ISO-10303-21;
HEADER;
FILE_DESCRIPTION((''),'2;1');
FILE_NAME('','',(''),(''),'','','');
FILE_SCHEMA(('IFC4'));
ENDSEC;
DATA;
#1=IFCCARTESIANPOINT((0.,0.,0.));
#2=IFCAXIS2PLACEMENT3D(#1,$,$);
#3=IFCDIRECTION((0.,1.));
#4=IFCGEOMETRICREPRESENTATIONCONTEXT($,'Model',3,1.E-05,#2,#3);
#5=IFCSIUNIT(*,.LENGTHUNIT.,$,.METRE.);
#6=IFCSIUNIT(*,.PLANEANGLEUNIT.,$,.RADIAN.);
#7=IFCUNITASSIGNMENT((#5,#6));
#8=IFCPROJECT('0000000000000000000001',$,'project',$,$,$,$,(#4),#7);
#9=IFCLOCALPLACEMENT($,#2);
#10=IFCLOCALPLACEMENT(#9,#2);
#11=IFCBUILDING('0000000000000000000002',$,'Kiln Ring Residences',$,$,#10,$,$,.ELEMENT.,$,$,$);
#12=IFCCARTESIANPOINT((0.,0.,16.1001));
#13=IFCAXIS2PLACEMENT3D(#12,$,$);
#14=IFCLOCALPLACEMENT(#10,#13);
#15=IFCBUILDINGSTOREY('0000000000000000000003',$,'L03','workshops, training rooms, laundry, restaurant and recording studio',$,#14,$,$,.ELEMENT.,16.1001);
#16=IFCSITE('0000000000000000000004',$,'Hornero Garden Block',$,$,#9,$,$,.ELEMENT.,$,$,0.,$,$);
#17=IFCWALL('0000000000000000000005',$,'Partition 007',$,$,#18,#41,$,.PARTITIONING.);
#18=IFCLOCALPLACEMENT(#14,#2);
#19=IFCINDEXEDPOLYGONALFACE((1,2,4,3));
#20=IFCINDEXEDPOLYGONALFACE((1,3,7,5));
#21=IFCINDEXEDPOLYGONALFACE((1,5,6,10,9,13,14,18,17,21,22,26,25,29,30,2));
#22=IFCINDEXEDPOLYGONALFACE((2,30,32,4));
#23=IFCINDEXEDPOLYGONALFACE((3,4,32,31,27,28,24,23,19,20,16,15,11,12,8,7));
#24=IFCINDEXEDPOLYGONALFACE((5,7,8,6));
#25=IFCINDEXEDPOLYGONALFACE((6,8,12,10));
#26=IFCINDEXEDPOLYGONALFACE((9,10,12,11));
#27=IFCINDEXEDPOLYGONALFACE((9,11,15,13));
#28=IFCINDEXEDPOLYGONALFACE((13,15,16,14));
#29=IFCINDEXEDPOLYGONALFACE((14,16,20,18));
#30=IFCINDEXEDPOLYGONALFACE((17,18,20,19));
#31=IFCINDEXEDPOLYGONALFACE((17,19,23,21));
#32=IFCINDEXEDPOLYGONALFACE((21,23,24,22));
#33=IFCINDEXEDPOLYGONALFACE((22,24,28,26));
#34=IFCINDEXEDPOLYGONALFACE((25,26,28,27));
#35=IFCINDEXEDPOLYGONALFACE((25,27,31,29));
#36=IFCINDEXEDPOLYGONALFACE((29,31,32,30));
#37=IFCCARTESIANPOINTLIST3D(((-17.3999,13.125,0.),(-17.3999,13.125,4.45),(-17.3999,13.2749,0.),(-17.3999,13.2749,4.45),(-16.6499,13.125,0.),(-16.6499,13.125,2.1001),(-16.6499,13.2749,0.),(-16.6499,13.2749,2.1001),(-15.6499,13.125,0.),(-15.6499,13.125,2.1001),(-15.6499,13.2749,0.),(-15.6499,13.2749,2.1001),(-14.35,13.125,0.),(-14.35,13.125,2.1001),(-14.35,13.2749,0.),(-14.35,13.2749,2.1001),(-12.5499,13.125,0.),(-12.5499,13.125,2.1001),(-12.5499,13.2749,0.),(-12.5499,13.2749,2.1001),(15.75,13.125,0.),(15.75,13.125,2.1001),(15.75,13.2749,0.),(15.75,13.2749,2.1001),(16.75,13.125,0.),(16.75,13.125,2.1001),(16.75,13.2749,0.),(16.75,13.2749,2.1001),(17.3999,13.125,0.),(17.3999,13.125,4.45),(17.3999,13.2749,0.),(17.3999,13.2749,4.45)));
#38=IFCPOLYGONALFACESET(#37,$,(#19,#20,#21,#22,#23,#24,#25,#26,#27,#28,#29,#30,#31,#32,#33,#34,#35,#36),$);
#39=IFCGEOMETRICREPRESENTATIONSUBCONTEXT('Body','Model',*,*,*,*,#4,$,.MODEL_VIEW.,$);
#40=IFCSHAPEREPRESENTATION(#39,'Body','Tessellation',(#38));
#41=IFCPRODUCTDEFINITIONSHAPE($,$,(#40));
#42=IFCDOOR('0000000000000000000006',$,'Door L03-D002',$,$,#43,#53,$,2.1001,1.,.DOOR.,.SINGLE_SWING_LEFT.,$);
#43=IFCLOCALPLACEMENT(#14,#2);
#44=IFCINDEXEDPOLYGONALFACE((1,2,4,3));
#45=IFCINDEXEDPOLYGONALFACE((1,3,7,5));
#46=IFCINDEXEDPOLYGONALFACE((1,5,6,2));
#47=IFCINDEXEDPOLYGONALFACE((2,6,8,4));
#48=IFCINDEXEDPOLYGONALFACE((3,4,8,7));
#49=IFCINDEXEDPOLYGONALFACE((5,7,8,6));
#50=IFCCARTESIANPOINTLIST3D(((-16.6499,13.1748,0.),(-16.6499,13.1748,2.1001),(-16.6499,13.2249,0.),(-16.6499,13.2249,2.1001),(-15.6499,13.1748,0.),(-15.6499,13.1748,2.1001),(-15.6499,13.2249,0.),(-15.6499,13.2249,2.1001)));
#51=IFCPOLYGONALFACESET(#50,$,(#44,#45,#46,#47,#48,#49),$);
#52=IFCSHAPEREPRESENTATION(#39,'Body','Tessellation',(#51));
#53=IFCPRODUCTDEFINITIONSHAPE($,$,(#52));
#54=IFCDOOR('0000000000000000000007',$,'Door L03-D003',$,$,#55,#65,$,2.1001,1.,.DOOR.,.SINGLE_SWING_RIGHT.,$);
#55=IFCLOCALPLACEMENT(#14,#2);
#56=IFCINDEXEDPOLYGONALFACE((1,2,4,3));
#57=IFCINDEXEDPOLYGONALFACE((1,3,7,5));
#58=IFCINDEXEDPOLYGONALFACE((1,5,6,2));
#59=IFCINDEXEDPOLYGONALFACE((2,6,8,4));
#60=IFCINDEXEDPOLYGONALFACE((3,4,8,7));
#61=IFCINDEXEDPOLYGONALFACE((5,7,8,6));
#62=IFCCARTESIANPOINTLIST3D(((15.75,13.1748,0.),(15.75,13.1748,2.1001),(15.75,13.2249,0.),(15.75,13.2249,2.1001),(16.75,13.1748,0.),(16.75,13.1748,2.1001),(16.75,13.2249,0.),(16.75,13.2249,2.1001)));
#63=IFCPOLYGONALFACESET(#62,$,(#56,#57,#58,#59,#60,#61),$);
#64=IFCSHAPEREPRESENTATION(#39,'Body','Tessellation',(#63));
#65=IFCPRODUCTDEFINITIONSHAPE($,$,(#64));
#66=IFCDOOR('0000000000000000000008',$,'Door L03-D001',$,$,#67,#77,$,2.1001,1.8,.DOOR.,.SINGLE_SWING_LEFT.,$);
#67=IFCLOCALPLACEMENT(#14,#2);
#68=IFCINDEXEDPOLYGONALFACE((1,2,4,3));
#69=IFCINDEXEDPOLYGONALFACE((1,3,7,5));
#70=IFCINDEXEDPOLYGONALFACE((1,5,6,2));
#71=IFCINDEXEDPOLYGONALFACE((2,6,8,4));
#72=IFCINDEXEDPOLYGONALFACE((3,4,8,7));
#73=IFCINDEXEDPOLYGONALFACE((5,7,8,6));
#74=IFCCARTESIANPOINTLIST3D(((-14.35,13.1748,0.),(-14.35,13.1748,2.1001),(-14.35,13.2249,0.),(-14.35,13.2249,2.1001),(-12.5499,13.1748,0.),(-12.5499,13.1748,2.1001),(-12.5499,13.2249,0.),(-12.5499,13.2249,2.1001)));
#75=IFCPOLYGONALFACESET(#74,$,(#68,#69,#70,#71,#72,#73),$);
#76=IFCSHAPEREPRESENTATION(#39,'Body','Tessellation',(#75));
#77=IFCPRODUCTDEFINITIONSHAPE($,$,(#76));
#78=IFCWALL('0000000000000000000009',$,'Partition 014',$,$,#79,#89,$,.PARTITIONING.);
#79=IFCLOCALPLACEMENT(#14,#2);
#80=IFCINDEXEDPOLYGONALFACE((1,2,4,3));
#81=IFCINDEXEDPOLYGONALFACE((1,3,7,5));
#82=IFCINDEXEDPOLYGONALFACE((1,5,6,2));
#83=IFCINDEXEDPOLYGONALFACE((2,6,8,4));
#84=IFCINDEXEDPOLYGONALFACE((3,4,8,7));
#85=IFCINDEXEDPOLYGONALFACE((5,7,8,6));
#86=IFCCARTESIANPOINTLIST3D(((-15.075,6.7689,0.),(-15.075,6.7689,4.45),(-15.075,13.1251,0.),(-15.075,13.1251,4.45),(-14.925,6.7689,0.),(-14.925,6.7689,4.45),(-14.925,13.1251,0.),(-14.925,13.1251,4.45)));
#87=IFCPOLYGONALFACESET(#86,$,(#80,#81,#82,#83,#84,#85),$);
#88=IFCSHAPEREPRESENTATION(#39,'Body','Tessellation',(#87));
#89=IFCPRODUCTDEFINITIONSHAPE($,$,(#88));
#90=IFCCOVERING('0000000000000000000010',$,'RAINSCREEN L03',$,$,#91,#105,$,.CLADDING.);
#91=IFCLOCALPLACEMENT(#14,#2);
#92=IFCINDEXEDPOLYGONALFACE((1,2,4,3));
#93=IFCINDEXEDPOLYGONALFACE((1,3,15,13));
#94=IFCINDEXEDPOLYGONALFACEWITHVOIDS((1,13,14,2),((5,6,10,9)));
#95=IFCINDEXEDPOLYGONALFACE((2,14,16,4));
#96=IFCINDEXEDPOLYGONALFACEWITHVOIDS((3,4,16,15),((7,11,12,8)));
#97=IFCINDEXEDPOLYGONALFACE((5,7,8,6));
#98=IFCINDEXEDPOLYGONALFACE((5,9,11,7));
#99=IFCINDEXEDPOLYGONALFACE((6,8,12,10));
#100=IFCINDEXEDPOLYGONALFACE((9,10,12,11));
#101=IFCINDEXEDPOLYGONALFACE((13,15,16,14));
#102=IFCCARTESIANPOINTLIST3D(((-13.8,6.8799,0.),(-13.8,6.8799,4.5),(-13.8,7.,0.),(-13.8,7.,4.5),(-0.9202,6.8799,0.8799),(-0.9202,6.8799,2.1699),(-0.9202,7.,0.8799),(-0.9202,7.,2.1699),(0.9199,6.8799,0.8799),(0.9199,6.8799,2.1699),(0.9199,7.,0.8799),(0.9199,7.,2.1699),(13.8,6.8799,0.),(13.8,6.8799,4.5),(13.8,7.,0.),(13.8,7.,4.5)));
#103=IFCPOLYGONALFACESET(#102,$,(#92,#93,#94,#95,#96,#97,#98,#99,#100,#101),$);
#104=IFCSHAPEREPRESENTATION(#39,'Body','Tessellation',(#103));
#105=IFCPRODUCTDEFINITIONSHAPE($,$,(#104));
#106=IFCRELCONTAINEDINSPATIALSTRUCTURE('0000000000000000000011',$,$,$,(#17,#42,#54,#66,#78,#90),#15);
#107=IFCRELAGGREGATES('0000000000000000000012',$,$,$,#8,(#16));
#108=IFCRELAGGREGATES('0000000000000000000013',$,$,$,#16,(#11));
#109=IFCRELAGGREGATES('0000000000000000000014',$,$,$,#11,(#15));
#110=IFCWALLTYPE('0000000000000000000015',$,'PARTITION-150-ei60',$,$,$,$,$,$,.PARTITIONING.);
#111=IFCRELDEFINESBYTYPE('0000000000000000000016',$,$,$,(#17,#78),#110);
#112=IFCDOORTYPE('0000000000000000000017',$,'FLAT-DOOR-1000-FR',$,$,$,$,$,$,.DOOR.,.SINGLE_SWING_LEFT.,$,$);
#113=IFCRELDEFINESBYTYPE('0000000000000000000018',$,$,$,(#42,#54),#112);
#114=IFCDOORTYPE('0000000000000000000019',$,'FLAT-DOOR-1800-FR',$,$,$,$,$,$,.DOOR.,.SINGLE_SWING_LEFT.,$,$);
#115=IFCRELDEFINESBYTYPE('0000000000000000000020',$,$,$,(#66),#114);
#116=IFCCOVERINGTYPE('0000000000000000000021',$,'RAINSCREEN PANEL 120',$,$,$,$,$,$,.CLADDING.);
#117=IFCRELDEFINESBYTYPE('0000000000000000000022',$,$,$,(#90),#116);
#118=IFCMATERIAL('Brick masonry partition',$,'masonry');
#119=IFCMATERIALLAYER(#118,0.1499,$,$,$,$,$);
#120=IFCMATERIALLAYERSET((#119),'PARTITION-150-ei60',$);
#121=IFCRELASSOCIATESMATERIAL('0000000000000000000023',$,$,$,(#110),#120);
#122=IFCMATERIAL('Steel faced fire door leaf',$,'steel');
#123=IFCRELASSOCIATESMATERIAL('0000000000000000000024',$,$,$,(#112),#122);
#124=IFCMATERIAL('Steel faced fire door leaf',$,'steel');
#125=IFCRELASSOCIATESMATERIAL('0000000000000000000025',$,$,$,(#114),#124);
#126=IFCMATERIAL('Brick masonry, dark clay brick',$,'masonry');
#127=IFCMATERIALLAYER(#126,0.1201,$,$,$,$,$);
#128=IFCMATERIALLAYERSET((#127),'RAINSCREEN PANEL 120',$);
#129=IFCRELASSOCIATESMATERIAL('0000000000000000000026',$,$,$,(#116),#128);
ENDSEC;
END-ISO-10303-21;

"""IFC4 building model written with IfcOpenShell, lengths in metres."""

from ifc_helpers import new_model, si_unit, direction, frame, frame_2d, origin, place, context, subcontext, project, spatial, polyline, rectangle, outline, extrude, material, layer, layer_set, type_object, element, fill, save


model = new_model("IFC4")

# Units and contexts
model_context = context("Model", 3, precision=1e-05, world=origin(), true_north=direction((0.0, 1.0)))
body_context = subcontext(model_context, "Body", "Model", "MODEL_VIEW")
ifc_project = project(units=[si_unit("LENGTHUNIT", "METRE"), si_unit("PLANEANGLEUNIT", "RADIAN")], contexts=[model_context])

# Site, building, storey
site_placement = place(None, origin())
site = spatial("IfcSite", under=ifc_project, at=site_placement, Name="Hornero Garden Block", CompositionType="ELEMENT", RefElevation=0.0)
building_placement = place(site_placement, origin())
building = spatial("IfcBuilding", under=site, at=building_placement, Name="Kiln Ring Residences", CompositionType="ELEMENT")
storey_placement = place(building_placement, frame((0.0, 0.0, 16.1001)))
storey = spatial("IfcBuildingStorey", under=building, at=storey_placement, Name="L03", Description="workshops, training rooms, laundry, restaurant and recording studio", CompositionType="ELEMENT", Elevation=16.1001)

# Wall, openings, doors
ifc_material_1 = material(Name="Brick masonry partition", Category="masonry")
ifc_layer_1 = layer(ifc_material_1, 0.1499)
ifc_layer_set_1 = layer_set([ifc_layer_1], Name="PARTITION-150-ei60")
wall_type_1 = type_object("IfcWallType", Name="PARTITION-150-ei60", PredefinedType="PARTITIONING", material=ifc_layer_set_1)
wall_1_placement = place(storey_placement, frame((-17.3999, 13.2, 0.0), z_axis=(0.0, 0.0, 1.0), x_axis=(1.0, 0.0, 0.0)))
wall_1 = element("IfcWall", 1, at=wall_1_placement, inside=storey, type_object=wall_type_1, Name="Partition 007", PredefinedType="PARTITIONING", context=body_context, shape_type="SweptSolid", body=[
    extrude(rectangle(XDim=34.7998, YDim=0.1499, at=frame_2d((17.3999, 0.0))), origin(), (0.0, 0.0, 1.0), 4.45),
])
opening_1_placement = place(wall_1_placement, frame((3.05, 0.0, 0.0)))
opening_1 = element("IfcOpeningElement", 2, at=opening_1_placement, cuts=wall_1, PredefinedType="OPENING", context=body_context, shape_type="SweptSolid", body=[
    extrude(rectangle(XDim=1.8, YDim=2.1001, at=frame_2d((0.8999, 1.05))), frame((0.0, 0.085, 0.0), z_axis=(0.0, -1.0, 0.0), x_axis=(1.0, 0.0, 0.0)), (0.0, 0.0, 1.0), 0.1699),
])
opening_2_placement = place(wall_1_placement, frame((0.75, 0.0, 0.0)))
opening_2 = element("IfcOpeningElement", 3, at=opening_2_placement, cuts=wall_1, PredefinedType="OPENING", context=body_context, shape_type="SweptSolid", body=[
    extrude(rectangle(XDim=1.0, YDim=2.1001, at=frame_2d((0.5, 1.05))), frame((0.0, 0.085, 0.0), z_axis=(0.0, -1.0, 0.0), x_axis=(1.0, 0.0, 0.0)), (0.0, 0.0, 1.0), 0.1699),
])
opening_3_placement = place(wall_1_placement, frame((33.1499, 0.0, 0.0)))
opening_3 = element("IfcOpeningElement", 4, at=opening_3_placement, cuts=wall_1, PredefinedType="OPENING", context=body_context, shape_type="SweptSolid", body=[
    extrude(rectangle(XDim=1.0, YDim=2.1001, at=frame_2d((0.5, 1.05))), frame((0.0, 0.085, 0.0), z_axis=(0.0, -1.0, 0.0), x_axis=(1.0, 0.0, 0.0)), (0.0, 0.0, 1.0), 0.1699),
])
ifc_material_2 = material(Name="Steel faced fire door leaf", Category="steel")
door_type_1 = type_object("IfcDoorType", Name="FLAT-DOOR-1000-FR", OperationType="SINGLE_SWING_LEFT", PredefinedType="DOOR", material=ifc_material_2)
door_1_placement = place(opening_2_placement, origin())
door_1 = element("IfcDoor", 5, at=door_1_placement, inside=storey, type_object=door_type_1, Name="Door L03-D002", OperationType="SINGLE_SWING_LEFT", OverallHeight=2.1001, OverallWidth=1.0, PredefinedType="DOOR", context=body_context, shape_type="SweptSolid", body=[
    extrude(rectangle(XDim=1.0, YDim=2.1001, at=frame_2d((0.5, 1.05))), frame((0.0, 0.0249, 0.0), z_axis=(0.0, -1.0, 0.0), x_axis=(1.0, 0.0, 0.0)), (0.0, 0.0, 1.0), 0.05),
])
fill(opening_2, door_1)
door_2_placement = place(opening_3_placement, origin())
door_2 = element("IfcDoor", 6, at=door_2_placement, inside=storey, type_object=door_type_1, Name="Door L03-D003", OperationType="SINGLE_SWING_RIGHT", OverallHeight=2.1001, OverallWidth=1.0, PredefinedType="DOOR", context=body_context, shape_type="SweptSolid", body=[
    extrude(rectangle(XDim=1.0, YDim=2.1001, at=frame_2d((0.5, 1.05))), frame((0.0, 0.0249, 0.0), z_axis=(0.0, -1.0, 0.0), x_axis=(1.0, 0.0, 0.0)), (0.0, 0.0, 1.0), 0.05),
])
fill(opening_3, door_2)
ifc_material_3 = material(Name="Steel faced fire door leaf", Category="steel")
door_type_2 = type_object("IfcDoorType", Name="FLAT-DOOR-1800-FR", OperationType="SINGLE_SWING_LEFT", PredefinedType="DOOR", material=ifc_material_3)
door_3_placement = place(opening_1_placement, origin())
door_3 = element("IfcDoor", 7, at=door_3_placement, inside=storey, type_object=door_type_2, Name="Door L03-D001", OperationType="SINGLE_SWING_LEFT", OverallHeight=2.1001, OverallWidth=1.8, PredefinedType="DOOR", context=body_context, shape_type="SweptSolid", body=[
    extrude(rectangle(XDim=1.8, YDim=2.1001, at=frame_2d((0.8999, 1.05))), frame((0.0, 0.0249, 0.0), z_axis=(0.0, -1.0, 0.0), x_axis=(1.0, 0.0, 0.0)), (0.0, 0.0, 1.0), 0.05),
])
fill(opening_1, door_3)

# Wall
wall_2_placement = place(storey_placement, frame((-15.0, 6.7688, 0.0), z_axis=(0.0, 0.0, 1.0), x_axis=(0.0, 1.0, 0.0)))
element("IfcWall", 8, at=wall_2_placement, inside=storey, type_object=wall_type_1, Name="Partition 014", PredefinedType="PARTITIONING", context=body_context, shape_type="SweptSolid", body=[
    extrude(rectangle(XDim=6.3562, YDim=0.1499, at=frame_2d((3.1782, 0.0))), origin(), (0.0, 0.0, 1.0), 4.45),
])

# Covering
ifc_material_4 = material(Name="Brick masonry, dark clay brick", Category="masonry")
ifc_layer_2 = layer(ifc_material_4, 0.1201)
ifc_layer_set_2 = layer_set([ifc_layer_2], Name="RAINSCREEN PANEL 120")
covering_type = type_object("IfcCoveringType", Name="RAINSCREEN PANEL 120", PredefinedType="CLADDING", material=ifc_layer_set_2)
covering_placement = place(storey_placement, frame((-13.8, 6.9399, 0.0), z_axis=(0.0, 0.0, 1.0), x_axis=(1.0, 0.0, 0.0)))
element("IfcCovering", 9, at=covering_placement, inside=storey, type_object=covering_type, Name="RAINSCREEN L03", PredefinedType="CLADDING", context=body_context, shape_type="SweptSolid", body=[
    extrude(outline(polyline([(0.0, 0.0), (27.6001, 0.0), (27.6001, 4.5), (0.0, 4.5), (0.0, 0.0)]), holes=[polyline([(12.8799, 2.1699), (12.8799, 0.8799), (14.72, 0.8799), (14.72, 2.1699), (12.8799, 2.1699)])]), frame((0.0, 0.0601, 0.0), z_axis=(0.0, -1.0, 0.0), x_axis=(1.0, 0.0, 0.0)), (0.0, 0.0, 1.0), 0.1201),
])

save(model, "model.ifc")
